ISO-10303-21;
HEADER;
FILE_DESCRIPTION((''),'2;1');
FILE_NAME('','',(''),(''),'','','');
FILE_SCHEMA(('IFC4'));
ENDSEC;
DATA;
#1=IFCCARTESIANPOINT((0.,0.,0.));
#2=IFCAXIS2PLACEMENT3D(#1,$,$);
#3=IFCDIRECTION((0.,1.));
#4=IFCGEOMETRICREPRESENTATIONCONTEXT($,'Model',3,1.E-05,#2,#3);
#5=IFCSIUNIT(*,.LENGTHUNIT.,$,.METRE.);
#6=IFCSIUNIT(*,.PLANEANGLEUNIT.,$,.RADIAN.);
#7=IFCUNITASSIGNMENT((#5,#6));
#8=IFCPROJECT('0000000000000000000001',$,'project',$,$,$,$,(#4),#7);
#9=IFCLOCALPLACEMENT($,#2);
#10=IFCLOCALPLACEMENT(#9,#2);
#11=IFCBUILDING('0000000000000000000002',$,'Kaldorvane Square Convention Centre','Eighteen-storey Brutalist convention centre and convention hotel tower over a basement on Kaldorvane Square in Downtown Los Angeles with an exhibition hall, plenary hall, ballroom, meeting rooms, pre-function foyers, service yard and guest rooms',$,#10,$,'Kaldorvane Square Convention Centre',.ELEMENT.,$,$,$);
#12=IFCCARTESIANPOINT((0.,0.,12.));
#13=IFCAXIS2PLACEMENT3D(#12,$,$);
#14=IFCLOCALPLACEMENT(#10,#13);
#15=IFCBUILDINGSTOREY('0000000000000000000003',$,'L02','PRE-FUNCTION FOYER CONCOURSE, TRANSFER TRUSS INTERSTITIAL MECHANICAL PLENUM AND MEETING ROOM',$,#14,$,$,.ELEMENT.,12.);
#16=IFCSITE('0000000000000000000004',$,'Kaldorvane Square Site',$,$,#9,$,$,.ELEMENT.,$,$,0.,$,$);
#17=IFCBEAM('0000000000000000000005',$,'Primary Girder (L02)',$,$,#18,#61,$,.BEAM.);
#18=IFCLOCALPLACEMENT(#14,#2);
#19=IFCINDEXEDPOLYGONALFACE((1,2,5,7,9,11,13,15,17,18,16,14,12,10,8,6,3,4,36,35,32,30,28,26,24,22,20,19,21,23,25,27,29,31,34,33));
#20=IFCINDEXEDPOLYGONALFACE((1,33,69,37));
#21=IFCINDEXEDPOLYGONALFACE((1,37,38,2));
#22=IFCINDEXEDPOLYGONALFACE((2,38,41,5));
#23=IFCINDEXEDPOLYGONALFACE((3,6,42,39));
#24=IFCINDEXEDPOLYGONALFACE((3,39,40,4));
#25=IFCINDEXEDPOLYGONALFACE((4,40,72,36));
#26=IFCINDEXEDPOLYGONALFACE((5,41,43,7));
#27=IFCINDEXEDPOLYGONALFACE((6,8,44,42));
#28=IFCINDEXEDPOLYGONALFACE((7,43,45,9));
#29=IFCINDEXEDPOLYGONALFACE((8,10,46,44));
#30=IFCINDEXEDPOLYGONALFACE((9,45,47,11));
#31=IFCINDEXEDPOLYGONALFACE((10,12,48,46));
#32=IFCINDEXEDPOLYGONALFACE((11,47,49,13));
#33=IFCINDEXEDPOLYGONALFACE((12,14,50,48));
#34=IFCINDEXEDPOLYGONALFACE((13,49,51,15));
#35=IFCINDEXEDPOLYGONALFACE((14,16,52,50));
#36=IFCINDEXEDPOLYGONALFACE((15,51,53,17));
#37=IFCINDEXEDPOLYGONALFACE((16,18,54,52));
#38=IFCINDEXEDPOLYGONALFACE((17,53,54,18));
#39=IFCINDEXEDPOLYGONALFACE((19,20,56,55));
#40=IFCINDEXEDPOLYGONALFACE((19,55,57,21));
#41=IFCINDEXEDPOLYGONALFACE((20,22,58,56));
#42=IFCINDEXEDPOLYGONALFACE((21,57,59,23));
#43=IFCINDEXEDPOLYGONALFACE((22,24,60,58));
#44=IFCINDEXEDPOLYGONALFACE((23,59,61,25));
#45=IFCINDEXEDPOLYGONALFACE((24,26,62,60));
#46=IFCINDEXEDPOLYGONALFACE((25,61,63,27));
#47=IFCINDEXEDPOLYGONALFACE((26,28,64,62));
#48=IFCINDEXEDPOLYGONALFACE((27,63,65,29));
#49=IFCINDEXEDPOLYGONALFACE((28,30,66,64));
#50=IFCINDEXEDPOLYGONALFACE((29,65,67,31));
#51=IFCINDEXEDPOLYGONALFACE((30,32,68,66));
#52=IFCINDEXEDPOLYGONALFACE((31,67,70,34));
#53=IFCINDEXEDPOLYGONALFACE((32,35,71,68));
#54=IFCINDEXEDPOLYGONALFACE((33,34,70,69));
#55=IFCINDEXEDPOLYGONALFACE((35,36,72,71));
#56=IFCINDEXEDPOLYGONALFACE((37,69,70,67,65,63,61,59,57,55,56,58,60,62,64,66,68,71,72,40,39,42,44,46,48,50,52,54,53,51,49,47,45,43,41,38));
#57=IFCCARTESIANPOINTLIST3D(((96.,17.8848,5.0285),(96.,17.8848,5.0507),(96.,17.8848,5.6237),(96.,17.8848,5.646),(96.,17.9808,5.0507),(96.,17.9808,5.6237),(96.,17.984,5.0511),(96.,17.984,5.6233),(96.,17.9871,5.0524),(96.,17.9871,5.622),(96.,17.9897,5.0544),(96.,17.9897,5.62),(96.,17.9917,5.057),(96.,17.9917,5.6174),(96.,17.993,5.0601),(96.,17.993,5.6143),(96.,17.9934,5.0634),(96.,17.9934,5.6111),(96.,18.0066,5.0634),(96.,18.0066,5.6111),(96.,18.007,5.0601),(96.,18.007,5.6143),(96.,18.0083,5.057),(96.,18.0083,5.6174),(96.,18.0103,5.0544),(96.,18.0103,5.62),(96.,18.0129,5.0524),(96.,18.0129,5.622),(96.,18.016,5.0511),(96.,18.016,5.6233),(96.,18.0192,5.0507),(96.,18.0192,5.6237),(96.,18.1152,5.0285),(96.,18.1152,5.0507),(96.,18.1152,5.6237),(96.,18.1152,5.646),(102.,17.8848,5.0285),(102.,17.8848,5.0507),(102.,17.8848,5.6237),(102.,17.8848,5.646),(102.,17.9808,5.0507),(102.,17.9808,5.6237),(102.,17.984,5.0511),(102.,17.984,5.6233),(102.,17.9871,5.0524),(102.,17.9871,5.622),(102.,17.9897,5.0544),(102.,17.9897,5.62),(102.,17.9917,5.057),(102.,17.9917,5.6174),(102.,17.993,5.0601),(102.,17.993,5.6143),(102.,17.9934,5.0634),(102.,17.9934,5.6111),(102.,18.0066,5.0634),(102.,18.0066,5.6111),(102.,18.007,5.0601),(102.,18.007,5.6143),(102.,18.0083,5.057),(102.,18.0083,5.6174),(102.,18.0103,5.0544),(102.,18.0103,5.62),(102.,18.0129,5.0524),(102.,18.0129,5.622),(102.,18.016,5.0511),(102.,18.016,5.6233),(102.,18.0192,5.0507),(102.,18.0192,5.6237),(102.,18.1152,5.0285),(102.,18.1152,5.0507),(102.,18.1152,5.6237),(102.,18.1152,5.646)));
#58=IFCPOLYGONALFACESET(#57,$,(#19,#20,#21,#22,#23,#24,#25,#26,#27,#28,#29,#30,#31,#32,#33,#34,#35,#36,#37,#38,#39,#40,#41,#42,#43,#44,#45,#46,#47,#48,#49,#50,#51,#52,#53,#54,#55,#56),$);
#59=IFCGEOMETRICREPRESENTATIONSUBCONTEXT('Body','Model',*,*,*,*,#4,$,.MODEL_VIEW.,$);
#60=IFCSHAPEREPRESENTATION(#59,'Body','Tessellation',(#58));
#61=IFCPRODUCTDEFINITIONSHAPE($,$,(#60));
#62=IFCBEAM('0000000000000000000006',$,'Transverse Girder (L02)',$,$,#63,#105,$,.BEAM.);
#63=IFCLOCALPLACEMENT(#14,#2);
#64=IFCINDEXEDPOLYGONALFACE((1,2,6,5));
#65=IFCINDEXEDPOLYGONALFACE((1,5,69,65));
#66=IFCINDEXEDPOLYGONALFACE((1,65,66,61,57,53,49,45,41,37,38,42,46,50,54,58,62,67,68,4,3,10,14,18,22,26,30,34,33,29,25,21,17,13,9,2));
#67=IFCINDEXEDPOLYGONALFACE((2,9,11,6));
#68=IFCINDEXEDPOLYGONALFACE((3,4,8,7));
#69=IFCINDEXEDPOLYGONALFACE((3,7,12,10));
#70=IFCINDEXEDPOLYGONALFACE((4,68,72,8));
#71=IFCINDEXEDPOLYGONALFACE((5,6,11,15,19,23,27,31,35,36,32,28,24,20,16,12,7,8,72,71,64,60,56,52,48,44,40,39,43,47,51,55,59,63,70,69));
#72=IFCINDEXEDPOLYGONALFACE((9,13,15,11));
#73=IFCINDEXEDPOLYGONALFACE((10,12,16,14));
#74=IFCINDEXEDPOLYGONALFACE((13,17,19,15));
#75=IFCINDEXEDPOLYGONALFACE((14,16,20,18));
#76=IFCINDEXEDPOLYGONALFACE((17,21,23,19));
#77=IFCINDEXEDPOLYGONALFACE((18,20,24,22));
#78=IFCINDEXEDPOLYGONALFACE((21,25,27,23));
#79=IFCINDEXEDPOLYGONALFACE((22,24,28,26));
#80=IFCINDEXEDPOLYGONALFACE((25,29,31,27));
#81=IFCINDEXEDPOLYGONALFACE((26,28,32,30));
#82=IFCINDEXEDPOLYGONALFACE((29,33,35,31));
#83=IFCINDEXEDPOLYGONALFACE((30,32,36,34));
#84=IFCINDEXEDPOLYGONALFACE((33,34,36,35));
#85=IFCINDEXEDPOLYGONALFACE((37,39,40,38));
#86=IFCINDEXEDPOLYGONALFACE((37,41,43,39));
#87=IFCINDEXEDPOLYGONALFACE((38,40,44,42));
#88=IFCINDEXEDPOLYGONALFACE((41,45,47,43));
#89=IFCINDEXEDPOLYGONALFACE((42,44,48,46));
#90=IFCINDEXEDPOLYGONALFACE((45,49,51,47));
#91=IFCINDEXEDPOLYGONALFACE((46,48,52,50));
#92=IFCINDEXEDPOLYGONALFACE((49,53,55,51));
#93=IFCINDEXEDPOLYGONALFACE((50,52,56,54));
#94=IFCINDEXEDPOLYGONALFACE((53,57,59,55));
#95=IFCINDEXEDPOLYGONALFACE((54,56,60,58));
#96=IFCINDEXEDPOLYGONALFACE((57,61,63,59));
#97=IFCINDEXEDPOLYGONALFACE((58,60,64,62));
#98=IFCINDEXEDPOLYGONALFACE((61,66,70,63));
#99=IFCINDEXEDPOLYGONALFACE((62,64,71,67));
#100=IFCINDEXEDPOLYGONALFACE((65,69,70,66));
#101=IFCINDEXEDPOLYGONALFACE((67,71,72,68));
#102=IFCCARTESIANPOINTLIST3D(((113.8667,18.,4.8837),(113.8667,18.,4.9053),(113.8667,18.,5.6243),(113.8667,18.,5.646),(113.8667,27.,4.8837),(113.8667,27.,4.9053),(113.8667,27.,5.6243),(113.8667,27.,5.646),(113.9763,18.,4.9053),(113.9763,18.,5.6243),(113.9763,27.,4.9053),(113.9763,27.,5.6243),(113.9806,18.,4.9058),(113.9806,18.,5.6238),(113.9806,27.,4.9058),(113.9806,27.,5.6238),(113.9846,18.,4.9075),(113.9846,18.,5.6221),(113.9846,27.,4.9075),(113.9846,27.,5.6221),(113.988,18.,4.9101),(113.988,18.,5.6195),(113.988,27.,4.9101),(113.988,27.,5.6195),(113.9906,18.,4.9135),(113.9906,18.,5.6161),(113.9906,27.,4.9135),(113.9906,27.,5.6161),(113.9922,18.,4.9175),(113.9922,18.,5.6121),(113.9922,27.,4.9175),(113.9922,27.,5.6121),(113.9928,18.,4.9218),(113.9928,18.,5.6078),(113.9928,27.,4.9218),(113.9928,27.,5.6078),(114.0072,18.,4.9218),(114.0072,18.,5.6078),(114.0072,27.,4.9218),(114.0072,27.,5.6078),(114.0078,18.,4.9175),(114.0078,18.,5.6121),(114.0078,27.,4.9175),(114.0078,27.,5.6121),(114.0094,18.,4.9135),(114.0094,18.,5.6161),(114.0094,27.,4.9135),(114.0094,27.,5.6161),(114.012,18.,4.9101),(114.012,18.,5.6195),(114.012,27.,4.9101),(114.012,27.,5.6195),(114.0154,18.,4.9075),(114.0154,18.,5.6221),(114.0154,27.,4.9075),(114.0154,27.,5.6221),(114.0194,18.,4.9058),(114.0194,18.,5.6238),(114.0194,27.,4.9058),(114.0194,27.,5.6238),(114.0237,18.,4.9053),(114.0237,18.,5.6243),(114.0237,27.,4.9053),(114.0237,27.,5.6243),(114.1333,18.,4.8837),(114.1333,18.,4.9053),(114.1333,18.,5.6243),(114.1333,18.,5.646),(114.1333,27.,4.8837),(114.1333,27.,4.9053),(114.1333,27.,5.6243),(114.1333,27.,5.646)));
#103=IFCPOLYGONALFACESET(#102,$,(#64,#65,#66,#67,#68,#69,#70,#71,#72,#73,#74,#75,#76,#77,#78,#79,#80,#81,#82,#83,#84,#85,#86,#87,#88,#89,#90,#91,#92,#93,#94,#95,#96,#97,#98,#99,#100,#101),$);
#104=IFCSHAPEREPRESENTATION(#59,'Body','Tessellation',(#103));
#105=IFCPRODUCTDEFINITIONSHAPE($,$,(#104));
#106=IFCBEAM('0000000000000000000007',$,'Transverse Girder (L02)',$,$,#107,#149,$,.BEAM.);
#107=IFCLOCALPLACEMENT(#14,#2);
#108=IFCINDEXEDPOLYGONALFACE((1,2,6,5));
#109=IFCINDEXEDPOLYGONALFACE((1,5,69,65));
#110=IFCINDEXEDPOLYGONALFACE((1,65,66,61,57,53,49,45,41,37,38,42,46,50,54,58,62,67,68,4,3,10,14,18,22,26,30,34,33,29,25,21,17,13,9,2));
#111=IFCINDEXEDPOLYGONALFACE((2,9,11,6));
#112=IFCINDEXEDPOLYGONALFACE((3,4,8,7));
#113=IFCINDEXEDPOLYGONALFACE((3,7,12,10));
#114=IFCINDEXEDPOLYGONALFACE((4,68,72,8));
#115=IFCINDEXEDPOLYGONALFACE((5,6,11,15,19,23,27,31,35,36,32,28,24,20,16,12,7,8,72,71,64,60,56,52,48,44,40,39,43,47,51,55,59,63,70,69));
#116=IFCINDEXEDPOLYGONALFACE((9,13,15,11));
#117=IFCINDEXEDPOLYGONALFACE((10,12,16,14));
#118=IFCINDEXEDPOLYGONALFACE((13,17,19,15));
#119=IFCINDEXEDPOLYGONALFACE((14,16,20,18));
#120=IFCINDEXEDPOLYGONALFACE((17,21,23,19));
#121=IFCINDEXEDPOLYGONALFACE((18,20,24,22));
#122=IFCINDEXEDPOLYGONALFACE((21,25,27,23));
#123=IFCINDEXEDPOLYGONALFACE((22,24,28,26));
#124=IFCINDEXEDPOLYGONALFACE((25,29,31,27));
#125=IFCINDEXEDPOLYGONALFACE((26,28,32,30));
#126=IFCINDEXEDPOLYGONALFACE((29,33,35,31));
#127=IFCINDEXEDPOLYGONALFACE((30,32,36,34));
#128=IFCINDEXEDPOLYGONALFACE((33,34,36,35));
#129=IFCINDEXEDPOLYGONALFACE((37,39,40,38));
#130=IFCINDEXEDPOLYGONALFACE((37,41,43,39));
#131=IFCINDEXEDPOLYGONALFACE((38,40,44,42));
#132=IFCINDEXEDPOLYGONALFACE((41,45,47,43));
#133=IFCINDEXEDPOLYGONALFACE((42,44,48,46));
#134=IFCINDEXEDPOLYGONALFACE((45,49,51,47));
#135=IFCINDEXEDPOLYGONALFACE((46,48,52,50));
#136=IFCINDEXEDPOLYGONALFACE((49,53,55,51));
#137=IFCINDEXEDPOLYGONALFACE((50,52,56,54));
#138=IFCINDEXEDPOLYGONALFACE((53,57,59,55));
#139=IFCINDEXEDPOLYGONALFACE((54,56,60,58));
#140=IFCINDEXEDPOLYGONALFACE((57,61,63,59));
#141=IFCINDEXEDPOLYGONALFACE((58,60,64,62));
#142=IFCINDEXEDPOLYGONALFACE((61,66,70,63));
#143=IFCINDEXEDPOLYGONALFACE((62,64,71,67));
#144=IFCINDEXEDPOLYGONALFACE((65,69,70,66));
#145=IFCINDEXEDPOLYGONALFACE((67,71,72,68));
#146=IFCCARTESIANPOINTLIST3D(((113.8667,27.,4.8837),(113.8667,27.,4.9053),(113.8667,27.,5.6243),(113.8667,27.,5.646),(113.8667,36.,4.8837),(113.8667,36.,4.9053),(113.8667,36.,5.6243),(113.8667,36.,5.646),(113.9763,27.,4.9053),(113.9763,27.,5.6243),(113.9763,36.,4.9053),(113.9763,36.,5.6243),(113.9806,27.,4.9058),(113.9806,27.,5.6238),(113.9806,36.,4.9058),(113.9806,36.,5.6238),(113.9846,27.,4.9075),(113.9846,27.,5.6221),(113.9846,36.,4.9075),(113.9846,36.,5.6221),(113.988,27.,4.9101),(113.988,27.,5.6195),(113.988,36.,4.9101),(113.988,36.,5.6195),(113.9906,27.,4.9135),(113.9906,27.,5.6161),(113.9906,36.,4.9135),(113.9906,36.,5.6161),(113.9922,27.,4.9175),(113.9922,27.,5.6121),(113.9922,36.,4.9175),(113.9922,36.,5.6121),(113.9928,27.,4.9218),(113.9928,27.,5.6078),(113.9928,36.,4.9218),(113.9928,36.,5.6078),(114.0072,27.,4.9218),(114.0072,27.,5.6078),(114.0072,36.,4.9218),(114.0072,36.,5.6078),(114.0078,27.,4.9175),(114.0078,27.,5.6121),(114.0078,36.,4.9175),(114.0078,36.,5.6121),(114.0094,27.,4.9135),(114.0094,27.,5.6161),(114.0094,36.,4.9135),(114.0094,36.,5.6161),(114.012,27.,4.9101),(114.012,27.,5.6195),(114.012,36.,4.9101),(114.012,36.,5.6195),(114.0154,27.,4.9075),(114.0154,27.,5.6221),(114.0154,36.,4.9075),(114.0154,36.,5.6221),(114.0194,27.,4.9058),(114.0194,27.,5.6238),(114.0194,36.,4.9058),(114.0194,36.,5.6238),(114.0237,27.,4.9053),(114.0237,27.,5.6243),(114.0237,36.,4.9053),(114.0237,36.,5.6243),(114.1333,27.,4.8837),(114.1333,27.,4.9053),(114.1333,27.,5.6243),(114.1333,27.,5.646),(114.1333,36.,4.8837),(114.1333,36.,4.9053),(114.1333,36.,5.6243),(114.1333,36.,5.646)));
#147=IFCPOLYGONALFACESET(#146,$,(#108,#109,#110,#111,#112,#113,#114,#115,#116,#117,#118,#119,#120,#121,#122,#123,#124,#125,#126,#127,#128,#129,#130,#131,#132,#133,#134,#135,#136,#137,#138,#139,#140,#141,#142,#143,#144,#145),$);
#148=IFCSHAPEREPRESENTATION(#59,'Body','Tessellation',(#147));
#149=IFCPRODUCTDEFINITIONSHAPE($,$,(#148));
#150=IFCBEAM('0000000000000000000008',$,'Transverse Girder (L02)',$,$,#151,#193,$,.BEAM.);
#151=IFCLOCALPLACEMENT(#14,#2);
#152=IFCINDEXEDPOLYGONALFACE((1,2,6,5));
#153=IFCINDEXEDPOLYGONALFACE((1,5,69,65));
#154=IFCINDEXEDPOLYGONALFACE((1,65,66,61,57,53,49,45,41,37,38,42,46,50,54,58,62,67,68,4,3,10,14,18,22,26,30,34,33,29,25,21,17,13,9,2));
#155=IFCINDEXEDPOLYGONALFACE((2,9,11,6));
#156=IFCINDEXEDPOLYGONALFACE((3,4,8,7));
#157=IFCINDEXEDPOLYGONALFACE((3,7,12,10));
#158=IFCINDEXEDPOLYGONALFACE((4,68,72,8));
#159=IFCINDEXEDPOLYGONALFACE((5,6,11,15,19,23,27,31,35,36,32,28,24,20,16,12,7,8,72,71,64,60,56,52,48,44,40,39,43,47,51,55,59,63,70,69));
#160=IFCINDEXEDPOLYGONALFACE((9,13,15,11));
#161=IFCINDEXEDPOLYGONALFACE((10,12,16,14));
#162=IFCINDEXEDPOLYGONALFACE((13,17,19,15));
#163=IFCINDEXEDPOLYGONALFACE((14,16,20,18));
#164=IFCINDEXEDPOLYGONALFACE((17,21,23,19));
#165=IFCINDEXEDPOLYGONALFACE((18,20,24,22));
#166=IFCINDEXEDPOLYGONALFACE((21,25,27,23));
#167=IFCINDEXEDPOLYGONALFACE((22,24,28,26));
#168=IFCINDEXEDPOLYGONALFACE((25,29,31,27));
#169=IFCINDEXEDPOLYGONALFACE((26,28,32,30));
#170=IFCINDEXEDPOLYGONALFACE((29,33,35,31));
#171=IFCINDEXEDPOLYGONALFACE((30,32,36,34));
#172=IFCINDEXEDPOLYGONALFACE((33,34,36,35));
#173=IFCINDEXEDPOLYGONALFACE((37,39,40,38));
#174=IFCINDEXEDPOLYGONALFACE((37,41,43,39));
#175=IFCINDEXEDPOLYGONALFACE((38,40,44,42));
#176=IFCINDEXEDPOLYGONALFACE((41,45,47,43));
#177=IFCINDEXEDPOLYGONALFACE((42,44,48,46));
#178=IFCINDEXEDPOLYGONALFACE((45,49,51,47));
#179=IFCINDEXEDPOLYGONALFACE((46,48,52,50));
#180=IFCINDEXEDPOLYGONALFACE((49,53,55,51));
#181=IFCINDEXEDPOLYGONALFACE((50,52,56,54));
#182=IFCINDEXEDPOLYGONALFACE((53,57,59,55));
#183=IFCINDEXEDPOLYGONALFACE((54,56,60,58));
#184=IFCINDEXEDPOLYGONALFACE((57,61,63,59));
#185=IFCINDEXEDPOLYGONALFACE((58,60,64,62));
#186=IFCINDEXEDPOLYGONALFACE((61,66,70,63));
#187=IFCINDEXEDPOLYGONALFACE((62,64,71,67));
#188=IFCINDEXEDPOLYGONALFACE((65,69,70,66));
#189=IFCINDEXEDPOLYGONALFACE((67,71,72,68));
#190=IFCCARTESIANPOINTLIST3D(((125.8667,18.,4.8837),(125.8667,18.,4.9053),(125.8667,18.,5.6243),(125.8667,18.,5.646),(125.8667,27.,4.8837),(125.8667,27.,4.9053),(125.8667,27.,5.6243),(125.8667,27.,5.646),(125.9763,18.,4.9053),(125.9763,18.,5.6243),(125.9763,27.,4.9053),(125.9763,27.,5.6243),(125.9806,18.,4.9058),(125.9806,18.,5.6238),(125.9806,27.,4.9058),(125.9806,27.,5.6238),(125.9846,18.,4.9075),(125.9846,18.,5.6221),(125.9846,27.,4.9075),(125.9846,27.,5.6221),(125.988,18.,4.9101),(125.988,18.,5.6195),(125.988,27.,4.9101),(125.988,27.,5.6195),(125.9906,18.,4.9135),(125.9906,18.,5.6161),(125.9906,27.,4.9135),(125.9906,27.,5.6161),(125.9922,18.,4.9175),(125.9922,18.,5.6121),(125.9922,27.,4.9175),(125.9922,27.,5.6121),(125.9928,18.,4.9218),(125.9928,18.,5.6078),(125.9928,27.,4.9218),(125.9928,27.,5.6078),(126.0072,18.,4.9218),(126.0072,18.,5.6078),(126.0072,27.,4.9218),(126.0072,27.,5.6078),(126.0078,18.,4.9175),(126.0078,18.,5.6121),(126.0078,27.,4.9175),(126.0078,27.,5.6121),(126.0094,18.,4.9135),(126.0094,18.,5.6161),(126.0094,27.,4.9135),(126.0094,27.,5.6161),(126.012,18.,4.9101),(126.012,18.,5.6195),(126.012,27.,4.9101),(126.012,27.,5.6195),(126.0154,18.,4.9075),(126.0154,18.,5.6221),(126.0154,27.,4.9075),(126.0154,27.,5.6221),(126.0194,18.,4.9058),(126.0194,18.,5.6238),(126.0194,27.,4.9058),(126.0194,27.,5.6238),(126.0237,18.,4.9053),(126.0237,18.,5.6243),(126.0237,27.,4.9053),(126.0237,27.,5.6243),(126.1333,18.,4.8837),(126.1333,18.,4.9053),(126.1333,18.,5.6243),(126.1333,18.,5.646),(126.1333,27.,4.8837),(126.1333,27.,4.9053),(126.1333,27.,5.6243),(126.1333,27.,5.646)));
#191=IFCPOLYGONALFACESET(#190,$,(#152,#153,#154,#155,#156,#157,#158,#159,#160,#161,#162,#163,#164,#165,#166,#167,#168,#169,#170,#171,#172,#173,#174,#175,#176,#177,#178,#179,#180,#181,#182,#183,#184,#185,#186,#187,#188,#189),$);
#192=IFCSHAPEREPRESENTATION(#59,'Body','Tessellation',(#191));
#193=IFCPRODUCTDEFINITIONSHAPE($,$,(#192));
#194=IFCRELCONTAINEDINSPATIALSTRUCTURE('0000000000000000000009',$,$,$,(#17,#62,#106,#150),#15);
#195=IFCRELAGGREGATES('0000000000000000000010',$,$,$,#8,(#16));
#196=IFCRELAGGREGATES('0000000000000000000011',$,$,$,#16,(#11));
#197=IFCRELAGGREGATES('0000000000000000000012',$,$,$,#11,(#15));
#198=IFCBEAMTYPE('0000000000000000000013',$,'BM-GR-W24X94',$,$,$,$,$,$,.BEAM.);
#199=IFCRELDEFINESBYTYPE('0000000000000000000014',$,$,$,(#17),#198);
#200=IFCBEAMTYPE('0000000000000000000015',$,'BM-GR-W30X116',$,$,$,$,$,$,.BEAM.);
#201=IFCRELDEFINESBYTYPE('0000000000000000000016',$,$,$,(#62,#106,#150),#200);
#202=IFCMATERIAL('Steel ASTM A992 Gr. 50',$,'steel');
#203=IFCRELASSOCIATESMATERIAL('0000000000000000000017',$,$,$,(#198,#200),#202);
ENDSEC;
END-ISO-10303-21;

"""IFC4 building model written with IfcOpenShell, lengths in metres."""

from ifc_helpers import new_model, si_unit, direction, frame, origin, origin_2d, place, context, subcontext, project, spatial, i_section, extrude, material, material_profile, profile_set, type_object, element, save


model = new_model("IFC4")

# Units and contexts
model_context = context("Model", 3, precision=1e-05, world=origin(), true_north=direction((0.0, 1.0)))
body_context = subcontext(model_context, "Body", "Model", "MODEL_VIEW")
ifc_project = project(units=[si_unit("LENGTHUNIT", "METRE"), si_unit("PLANEANGLEUNIT", "RADIAN")], contexts=[model_context])

# Site, building, storey
site_placement = place(None, origin())
site = spatial("IfcSite", under=ifc_project, at=site_placement, Name="Kaldorvane Square Site", CompositionType="ELEMENT", RefElevation=0.0)
building_placement = place(site_placement, origin())
building = spatial("IfcBuilding", under=site, at=building_placement, Name="Kaldorvane Square Convention Centre", Description="Eighteen-storey Brutalist convention centre and convention hotel tower over a basement on Kaldorvane Square in Downtown Los Angeles with an exhibition hall, plenary hall, ballroom, meeting rooms, pre-function foyers, service yard and guest rooms", LongName="Kaldorvane Square Convention Centre", CompositionType="ELEMENT")
storey_placement = place(building_placement, frame((0.0, 0.0, 12.0)))
storey = spatial("IfcBuildingStorey", under=building, at=storey_placement, Name="L02", Description="PRE-FUNCTION FOYER CONCOURSE, TRANSFER TRUSS INTERSTITIAL MECHANICAL PLENUM AND MEETING ROOM", CompositionType="ELEMENT", Elevation=12.0)

# Shared definitions
ifc_material_1 = material(Name="Steel ASTM A992 Gr. 50", Category="steel")

# Beams
ifc_material_profile_1 = material_profile(ifc_material_1, i_section(OverallWidth=0.2303, OverallDepth=0.6175, WebThickness=0.0131, FlangeThickness=0.0222, FilletRadius=0.0127, at=origin_2d()), Name="W24X94")
ifc_profile_set_1 = profile_set([ifc_material_profile_1], Name="Steel ASTM A992 Gr. 50")
beam_type_1 = type_object("IfcBeamType", Name="BM-GR-W24X94", PredefinedType="BEAM", material=ifc_profile_set_1)
beam_1_placement = place(storey_placement, frame((96.0, 18.0, 5.3372), z_axis=(1.0, 0.0, 0.0), x_axis=(0.0, 1.0, 0.0)))
element("IfcBeam", 1, at=beam_1_placement, inside=storey, type_object=beam_type_1, Name="Primary Girder (L02)", PredefinedType="BEAM", context=body_context, shape_type="SweptSolid", body=[
    extrude(i_section(OverallWidth=0.2303, OverallDepth=0.6175, WebThickness=0.0131, FlangeThickness=0.0222, FilletRadius=0.0127, at=origin_2d()), origin(), (0.0, 0.0, 1.0), 6.0),
])
ifc_material_profile_2 = material_profile(ifc_material_1, i_section(OverallWidth=0.2666, OverallDepth=0.7623, WebThickness=0.0144, FlangeThickness=0.0216, FilletRadius=0.0165, at=origin_2d()), Name="W30X116")
ifc_profile_set_2 = profile_set([ifc_material_profile_2], Name="Steel ASTM A992 Gr. 50")
beam_type_2 = type_object("IfcBeamType", Name="BM-GR-W30X116", PredefinedType="BEAM", material=ifc_profile_set_2)
for number, where, z_axis, x_axis, name in (
    (2, (114.0, 18.0, 5.2648), (0.0, 1.0, 0.0), (-1.0, 0.0, 0.0), "Transverse Girder (L02)"),
    (3, (114.0, 27.0, 5.2648), (0.0, 1.0, 0.0), (-1.0, 0.0, 0.0), "Transverse Girder (L02)"),
    (4, (126.0, 18.0, 5.2648), (0.0, 1.0, 0.0), (-1.0, 0.0, 0.0), "Transverse Girder (L02)"),
):
    element("IfcBeam", number, at=place(storey_placement, frame(where, z_axis=z_axis, x_axis=x_axis)), inside=storey, type_object=beam_type_2, Name=name, PredefinedType="BEAM", context=body_context, shape_type="SweptSolid", body=[
        extrude(i_section(OverallWidth=0.2666, OverallDepth=0.7623, WebThickness=0.0144, FlangeThickness=0.0216, FilletRadius=0.0165, at=origin_2d()), origin(), (0.0, 0.0, 1.0), 9.0),
    ])

save(model, "model.ifc")
